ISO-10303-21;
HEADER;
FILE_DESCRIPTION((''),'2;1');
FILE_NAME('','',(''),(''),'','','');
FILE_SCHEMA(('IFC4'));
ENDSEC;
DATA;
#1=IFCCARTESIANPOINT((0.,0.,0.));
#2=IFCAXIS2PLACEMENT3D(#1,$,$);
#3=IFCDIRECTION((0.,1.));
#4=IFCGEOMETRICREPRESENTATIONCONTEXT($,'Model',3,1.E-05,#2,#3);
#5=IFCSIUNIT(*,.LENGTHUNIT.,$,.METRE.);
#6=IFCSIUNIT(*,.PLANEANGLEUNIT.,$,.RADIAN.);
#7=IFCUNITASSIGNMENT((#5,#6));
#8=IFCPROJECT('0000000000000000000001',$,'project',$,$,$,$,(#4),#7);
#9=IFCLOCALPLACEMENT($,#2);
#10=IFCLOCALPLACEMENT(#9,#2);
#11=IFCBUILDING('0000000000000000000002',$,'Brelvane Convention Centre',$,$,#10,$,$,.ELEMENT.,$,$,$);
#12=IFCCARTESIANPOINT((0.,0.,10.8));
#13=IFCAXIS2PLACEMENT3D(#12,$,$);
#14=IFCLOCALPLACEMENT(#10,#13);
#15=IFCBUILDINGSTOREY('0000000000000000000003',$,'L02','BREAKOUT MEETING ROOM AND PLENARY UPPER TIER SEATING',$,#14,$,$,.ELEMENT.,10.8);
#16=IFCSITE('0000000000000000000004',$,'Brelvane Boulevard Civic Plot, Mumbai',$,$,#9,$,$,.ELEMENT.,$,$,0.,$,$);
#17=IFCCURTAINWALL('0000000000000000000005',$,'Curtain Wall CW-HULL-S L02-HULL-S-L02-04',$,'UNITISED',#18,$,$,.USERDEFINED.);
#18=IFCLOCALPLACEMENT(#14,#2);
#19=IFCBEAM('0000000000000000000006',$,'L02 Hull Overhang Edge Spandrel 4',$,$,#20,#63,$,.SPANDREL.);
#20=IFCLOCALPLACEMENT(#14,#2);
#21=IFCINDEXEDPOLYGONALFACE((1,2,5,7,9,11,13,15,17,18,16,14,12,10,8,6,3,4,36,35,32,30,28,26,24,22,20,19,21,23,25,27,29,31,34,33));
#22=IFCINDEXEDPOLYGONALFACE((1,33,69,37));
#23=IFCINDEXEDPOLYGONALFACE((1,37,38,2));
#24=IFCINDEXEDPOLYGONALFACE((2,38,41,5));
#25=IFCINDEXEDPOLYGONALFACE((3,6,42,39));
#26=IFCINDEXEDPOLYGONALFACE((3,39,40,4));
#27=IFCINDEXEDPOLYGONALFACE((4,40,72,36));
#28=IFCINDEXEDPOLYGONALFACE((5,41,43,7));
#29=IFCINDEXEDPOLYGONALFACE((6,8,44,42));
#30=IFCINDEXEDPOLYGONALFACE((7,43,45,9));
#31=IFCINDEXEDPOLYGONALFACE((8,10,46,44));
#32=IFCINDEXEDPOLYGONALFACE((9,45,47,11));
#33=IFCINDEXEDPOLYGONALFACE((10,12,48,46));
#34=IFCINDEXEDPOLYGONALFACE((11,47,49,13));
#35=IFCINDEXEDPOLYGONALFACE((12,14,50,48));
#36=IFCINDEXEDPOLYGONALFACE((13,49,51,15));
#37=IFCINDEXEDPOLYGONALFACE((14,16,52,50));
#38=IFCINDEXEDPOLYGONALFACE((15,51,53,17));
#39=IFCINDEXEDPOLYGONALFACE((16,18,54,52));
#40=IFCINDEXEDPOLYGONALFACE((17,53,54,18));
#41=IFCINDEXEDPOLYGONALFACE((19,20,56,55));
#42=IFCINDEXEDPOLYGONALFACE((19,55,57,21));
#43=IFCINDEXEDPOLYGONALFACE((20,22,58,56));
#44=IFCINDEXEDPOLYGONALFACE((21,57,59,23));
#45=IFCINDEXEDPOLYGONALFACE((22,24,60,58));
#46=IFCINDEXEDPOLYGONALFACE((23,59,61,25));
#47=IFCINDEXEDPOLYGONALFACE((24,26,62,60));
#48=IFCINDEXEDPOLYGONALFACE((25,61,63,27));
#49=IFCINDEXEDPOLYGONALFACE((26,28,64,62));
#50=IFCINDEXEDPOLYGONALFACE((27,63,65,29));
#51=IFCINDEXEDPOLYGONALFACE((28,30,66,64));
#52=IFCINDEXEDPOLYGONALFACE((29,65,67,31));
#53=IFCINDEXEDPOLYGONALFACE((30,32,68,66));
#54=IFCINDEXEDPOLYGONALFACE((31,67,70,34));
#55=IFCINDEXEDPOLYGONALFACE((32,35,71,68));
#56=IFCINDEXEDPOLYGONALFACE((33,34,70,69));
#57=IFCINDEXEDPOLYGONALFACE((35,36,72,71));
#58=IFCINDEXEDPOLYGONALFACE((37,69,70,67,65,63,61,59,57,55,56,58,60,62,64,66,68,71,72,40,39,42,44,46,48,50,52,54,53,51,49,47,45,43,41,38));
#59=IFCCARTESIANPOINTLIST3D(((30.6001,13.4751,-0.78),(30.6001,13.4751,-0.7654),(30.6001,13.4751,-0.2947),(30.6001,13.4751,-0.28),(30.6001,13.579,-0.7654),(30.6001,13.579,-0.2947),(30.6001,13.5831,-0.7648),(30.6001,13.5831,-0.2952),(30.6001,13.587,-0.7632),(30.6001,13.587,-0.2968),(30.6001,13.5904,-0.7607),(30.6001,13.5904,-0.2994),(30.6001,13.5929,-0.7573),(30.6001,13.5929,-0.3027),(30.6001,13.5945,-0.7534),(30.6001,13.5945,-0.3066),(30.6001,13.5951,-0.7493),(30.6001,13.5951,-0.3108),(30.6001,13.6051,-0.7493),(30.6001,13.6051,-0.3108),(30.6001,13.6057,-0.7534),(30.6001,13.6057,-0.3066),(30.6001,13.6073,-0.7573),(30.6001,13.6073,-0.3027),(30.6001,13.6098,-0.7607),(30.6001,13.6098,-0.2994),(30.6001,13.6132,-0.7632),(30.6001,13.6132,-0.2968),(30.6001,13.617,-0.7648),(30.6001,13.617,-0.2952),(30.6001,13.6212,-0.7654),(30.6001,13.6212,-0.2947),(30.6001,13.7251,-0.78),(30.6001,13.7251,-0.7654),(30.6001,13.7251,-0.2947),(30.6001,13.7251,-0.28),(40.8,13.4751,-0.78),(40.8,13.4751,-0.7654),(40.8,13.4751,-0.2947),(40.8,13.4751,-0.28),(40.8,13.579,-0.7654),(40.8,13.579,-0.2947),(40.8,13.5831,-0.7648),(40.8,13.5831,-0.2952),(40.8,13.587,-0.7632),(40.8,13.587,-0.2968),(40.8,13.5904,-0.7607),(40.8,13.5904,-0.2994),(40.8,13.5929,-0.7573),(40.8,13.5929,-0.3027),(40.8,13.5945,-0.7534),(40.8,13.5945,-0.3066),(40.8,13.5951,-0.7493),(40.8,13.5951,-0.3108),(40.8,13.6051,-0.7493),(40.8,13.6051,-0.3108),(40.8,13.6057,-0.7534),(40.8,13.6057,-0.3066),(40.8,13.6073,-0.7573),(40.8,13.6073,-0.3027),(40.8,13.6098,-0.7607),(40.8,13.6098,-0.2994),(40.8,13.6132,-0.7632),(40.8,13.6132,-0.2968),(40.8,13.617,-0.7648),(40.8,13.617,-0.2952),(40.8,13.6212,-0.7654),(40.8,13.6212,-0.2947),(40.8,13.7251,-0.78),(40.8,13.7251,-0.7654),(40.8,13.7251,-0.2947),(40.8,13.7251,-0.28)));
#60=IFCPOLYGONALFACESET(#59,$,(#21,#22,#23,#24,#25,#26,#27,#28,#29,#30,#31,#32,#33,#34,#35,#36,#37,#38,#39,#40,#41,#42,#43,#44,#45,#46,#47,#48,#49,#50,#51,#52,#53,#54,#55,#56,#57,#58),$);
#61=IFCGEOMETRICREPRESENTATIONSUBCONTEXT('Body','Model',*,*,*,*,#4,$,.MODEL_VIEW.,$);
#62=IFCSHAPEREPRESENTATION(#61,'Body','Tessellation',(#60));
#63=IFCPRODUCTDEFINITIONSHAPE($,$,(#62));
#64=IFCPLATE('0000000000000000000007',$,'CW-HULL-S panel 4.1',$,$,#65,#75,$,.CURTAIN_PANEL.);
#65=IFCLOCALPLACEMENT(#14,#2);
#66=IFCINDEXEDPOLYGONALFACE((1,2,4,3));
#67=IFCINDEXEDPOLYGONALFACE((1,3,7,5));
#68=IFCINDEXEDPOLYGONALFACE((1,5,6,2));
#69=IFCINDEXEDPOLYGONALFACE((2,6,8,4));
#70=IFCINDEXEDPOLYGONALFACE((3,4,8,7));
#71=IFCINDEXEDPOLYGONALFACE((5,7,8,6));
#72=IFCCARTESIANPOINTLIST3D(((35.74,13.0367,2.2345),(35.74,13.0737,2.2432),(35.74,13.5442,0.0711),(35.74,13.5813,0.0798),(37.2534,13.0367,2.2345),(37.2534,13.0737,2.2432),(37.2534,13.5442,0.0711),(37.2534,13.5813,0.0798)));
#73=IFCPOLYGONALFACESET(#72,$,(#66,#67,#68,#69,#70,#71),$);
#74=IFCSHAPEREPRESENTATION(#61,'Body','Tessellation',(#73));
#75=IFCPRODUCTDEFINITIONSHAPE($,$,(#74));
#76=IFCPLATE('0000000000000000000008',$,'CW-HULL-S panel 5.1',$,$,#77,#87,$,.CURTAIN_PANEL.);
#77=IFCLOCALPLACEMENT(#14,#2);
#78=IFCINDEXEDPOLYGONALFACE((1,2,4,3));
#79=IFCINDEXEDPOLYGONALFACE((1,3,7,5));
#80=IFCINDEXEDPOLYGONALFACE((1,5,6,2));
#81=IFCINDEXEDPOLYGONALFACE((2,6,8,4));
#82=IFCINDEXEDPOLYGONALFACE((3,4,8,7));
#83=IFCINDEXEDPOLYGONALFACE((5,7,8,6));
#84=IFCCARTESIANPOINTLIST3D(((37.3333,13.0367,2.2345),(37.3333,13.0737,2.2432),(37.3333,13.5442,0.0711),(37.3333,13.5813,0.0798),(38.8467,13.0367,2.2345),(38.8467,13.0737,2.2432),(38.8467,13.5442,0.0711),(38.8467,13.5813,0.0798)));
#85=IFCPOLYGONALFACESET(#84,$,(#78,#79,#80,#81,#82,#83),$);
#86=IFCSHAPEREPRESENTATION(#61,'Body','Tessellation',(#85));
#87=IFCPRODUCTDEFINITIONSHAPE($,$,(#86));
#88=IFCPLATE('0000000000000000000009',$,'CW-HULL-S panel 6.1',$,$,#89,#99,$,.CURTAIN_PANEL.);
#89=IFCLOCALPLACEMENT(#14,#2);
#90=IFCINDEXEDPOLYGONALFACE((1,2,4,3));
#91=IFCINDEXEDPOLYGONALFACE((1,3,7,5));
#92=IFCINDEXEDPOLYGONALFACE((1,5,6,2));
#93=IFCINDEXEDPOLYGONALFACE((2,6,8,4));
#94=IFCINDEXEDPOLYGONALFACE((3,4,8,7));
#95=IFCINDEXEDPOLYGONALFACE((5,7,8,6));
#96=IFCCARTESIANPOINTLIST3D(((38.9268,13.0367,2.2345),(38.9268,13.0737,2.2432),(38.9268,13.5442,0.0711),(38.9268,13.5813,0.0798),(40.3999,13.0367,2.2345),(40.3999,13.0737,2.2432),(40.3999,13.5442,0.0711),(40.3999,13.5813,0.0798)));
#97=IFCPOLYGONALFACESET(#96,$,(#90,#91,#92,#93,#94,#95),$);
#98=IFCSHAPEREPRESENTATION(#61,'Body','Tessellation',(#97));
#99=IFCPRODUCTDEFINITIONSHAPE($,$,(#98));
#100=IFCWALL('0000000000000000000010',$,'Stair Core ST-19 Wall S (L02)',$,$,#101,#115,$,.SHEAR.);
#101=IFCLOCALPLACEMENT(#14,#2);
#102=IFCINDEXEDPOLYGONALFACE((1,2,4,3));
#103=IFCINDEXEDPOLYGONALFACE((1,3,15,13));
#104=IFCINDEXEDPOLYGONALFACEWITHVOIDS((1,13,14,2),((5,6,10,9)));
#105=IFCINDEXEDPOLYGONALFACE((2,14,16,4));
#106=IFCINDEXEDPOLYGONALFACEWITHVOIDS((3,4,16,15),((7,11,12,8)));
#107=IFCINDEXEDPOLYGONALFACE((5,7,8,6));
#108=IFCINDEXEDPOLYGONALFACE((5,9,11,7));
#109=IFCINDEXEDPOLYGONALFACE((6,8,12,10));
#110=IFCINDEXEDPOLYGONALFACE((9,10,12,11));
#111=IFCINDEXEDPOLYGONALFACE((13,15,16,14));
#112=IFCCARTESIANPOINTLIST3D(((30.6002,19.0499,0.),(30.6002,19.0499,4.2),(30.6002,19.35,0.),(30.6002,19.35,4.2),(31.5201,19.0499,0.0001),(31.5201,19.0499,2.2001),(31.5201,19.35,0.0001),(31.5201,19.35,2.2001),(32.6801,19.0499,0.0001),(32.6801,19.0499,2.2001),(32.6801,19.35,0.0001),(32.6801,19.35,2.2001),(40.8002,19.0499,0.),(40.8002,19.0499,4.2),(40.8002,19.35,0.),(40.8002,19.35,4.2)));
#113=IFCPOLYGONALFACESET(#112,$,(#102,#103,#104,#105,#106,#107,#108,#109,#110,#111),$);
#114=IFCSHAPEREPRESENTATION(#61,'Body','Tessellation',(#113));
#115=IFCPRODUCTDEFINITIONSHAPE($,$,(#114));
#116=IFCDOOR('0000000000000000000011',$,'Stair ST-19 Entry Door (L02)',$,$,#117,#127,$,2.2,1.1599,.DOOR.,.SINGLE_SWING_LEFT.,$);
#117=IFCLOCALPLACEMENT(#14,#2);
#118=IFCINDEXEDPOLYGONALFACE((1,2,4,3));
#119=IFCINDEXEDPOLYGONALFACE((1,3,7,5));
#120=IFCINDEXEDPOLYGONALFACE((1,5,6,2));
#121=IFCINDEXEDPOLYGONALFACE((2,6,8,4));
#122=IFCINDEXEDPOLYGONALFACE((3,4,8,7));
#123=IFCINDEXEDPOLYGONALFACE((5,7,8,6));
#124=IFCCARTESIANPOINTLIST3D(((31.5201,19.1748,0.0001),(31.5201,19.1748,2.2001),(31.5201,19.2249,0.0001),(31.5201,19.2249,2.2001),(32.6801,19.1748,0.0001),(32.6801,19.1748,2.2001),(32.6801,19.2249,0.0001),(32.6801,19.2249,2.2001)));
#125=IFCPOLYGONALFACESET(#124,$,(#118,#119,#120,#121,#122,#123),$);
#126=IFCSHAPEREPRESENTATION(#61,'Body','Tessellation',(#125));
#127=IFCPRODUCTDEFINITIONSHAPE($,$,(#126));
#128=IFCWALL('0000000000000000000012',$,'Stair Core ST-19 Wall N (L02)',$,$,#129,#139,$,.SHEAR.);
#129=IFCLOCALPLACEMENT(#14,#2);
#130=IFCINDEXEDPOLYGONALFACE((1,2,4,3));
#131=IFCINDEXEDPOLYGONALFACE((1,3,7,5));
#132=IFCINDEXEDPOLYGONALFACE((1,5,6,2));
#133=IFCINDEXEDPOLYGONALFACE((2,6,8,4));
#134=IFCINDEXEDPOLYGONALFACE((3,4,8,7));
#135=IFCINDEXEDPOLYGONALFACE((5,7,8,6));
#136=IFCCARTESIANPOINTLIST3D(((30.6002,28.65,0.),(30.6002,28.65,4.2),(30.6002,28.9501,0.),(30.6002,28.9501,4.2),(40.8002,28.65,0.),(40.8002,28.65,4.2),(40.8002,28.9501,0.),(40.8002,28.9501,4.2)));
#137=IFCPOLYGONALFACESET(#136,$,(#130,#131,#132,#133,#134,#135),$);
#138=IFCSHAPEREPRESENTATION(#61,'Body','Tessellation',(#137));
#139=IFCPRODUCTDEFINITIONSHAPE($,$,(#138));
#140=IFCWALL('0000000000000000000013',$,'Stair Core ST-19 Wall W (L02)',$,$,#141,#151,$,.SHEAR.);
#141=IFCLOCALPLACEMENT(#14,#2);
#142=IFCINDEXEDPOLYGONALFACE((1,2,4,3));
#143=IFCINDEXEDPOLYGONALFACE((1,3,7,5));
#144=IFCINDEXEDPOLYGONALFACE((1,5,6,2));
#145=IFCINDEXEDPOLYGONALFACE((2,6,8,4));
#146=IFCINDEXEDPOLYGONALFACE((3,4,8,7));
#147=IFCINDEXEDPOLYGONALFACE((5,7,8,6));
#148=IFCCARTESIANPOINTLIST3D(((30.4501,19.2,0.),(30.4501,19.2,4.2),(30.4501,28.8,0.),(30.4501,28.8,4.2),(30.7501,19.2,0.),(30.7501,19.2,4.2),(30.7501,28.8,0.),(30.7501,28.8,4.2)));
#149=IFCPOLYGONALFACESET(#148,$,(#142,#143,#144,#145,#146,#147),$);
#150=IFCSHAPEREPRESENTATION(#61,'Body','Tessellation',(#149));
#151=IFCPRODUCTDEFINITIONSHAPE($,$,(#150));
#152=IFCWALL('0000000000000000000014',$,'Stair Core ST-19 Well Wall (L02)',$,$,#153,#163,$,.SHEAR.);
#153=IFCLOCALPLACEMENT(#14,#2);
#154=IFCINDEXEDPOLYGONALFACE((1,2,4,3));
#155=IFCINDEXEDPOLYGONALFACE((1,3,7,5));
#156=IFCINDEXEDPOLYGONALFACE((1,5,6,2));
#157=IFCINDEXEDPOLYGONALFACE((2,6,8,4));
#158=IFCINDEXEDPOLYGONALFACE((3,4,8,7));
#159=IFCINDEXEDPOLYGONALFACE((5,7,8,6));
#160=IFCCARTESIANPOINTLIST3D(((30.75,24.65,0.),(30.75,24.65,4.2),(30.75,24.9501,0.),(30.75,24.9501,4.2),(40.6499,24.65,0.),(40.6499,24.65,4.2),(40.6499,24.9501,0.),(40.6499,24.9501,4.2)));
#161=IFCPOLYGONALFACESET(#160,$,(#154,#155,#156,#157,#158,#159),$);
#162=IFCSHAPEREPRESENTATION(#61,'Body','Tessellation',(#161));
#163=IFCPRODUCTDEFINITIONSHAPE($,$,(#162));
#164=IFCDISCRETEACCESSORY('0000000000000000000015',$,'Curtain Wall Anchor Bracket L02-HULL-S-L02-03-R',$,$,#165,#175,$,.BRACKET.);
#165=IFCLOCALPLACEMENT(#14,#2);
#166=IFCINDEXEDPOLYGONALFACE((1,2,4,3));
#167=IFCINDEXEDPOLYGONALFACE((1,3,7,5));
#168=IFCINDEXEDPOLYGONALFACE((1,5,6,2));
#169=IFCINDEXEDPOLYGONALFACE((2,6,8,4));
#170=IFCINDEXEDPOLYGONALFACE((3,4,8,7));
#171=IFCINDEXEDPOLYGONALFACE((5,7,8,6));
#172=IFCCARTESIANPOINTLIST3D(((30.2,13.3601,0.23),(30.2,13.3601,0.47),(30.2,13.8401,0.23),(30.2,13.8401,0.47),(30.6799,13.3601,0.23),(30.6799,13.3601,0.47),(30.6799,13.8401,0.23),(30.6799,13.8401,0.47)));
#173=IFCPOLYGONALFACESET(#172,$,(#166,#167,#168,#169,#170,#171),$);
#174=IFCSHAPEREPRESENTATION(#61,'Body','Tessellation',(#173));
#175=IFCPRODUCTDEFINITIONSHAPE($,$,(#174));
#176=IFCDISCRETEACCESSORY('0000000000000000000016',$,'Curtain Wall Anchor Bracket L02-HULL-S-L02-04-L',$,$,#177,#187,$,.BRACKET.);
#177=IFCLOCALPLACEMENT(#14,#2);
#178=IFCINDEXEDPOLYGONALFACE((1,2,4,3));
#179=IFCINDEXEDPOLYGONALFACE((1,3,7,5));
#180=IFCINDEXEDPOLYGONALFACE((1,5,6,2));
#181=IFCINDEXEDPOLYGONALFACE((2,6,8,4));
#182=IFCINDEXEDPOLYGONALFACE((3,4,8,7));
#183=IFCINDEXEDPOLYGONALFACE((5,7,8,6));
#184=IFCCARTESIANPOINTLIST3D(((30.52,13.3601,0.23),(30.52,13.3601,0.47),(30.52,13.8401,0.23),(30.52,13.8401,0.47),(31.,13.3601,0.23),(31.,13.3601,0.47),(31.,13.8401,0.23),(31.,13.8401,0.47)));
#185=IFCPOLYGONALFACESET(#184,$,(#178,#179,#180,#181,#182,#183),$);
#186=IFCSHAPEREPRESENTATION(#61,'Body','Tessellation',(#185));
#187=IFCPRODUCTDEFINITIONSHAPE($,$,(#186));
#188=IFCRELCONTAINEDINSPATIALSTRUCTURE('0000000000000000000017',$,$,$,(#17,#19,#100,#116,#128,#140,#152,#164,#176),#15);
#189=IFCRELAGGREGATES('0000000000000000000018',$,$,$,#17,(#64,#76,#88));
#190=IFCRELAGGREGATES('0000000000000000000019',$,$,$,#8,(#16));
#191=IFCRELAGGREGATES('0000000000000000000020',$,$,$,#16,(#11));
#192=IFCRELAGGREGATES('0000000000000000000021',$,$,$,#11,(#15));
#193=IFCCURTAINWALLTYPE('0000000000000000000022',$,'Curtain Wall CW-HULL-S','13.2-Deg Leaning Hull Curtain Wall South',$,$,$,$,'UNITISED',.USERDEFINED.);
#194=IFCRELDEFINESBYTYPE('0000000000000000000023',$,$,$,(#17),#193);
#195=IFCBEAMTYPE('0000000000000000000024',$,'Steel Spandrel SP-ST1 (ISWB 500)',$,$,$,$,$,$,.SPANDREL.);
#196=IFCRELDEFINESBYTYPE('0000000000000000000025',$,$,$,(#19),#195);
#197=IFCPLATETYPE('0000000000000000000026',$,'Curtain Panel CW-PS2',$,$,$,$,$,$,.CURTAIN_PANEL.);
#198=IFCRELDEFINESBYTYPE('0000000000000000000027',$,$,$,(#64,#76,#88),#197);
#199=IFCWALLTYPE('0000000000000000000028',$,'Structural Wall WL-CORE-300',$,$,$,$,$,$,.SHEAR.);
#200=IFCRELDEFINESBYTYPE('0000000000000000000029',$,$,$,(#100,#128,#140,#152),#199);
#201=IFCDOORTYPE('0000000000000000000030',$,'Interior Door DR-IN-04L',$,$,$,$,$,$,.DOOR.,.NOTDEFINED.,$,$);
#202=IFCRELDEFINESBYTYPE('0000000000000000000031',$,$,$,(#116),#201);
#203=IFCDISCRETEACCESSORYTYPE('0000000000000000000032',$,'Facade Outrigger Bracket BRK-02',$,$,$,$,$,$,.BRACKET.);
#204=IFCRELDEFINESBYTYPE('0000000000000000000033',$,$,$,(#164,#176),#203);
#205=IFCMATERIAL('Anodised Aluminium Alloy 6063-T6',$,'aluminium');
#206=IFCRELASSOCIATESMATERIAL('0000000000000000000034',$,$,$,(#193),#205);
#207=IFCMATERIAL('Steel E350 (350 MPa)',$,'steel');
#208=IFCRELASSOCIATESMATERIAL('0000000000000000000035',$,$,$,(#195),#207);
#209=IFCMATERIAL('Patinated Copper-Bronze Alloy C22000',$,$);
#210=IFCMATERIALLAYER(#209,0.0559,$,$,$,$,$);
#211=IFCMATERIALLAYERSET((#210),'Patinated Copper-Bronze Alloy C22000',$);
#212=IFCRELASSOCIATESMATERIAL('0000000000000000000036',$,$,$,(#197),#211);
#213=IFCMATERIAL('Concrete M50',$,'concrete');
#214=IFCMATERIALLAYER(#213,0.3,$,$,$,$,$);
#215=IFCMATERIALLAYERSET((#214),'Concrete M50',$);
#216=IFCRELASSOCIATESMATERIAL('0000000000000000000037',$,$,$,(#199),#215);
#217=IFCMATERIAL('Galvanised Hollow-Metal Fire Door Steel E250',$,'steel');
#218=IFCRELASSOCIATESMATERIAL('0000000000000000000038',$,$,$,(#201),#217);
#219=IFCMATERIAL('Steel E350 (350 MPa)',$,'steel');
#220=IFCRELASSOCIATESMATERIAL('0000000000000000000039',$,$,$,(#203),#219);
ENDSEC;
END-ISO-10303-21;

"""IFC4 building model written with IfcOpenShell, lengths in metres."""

from ifc_helpers import new_model, si_unit, direction, frame, frame_2d, origin, origin_2d, place, context, subcontext, project, spatial, polyline, rectangle, i_section, outline, extrude, material, layer, layer_set, material_profile, profile_set, type_object, element, fill, aggregate, save


model = new_model("IFC4")

# Units and contexts
model_context = context("Model", 3, precision=1e-05, world=origin(), true_north=direction((0.0, 1.0)))
body_context = subcontext(model_context, "Body", "Model", "MODEL_VIEW")
ifc_project = project(units=[si_unit("LENGTHUNIT", "METRE"), si_unit("PLANEANGLEUNIT", "RADIAN")], contexts=[model_context])

# Site, building, storey
site_placement = place(None, origin())
site = spatial("IfcSite", under=ifc_project, at=site_placement, Name="Brelvane Boulevard Civic Plot, Mumbai", CompositionType="ELEMENT", RefElevation=0.0)
building_placement = place(site_placement, origin())
building = spatial("IfcBuilding", under=site, at=building_placement, Name="Brelvane Convention Centre", CompositionType="ELEMENT")
storey_placement = place(building_placement, frame((0.0, 0.0, 10.8)))
storey = spatial("IfcBuildingStorey", under=building, at=storey_placement, Name="L02", Description="BREAKOUT MEETING ROOM AND PLENARY UPPER TIER SEATING", CompositionType="ELEMENT", Elevation=10.8)

# Shared definitions
ifc_material_1 = material(Name="Anodised Aluminium Alloy 6063-T6", Category="aluminium")
curtain_wall_type = type_object("IfcCurtainWallType", Name="Curtain Wall CW-HULL-S", Description="13.2-Deg Leaning Hull Curtain Wall South", ElementType="UNITISED", PredefinedType="USERDEFINED", material=ifc_material_1)

# Curtain wall
curtain_wall_1_placement = place(storey_placement, origin())
curtain_wall_1 = element("IfcCurtainWall", 1, at=curtain_wall_1_placement, inside=storey, type_object=curtain_wall_type, Name="Curtain Wall CW-HULL-S L02-HULL-S-L02-04", ObjectType="UNITISED", PredefinedType="USERDEFINED")

# Beam
ifc_material_2 = material(Name="Steel E350 (350 MPa)", Category="steel")
ifc_material_profile_1 = material_profile(ifc_material_2, i_section(OverallWidth=0.25, OverallDepth=0.5, WebThickness=0.01, FlangeThickness=0.0146, FilletRadius=0.0161, at=origin_2d()), Name="ISWB 500")
ifc_profile_set_1 = profile_set([ifc_material_profile_1], Name="Steel E350 (350 MPa)")
beam_type_1 = type_object("IfcBeamType", Name="Steel Spandrel SP-ST1 (ISWB 500)", PredefinedType="SPANDREL", material=ifc_profile_set_1)
beam_1_placement = place(storey_placement, frame((30.6001, 13.6001, -0.53), z_axis=(1.0, 0.0, 0.0), x_axis=(0.0, 1.0, 0.0)))
element("IfcBeam", 2, at=beam_1_placement, inside=storey, type_object=beam_type_1, Name="L02 Hull Overhang Edge Spandrel 4", PredefinedType="SPANDREL", context=body_context, shape_type="SweptSolid", body=[
    extrude(i_section(OverallWidth=0.25, OverallDepth=0.5, WebThickness=0.01, FlangeThickness=0.0146, FilletRadius=0.0161, at=origin_2d()), origin(), (0.0, 0.0, 1.0), 10.2),
])

# Plates
ifc_material_3 = material(Name="Patinated Copper-Bronze Alloy C22000")
ifc_layer_1 = layer(ifc_material_3, 0.0559)
ifc_layer_set_1 = layer_set([ifc_layer_1], Name="Patinated Copper-Bronze Alloy C22000")
plate_type = type_object("IfcPlateType", Name="Curtain Panel CW-PS2", PredefinedType="CURTAIN_PANEL", material=ifc_layer_set_1)
plate_1_placement = place(storey_placement, frame((35.74, 13.5813, 0.0798), z_axis=(0.0, 0.973563, 0.228421), x_axis=(1.0, 0.0, 0.0)))
plate_1 = element("IfcPlate", 3, at=plate_1_placement, type_object=plate_type, Name="CW-HULL-S panel 4.1", PredefinedType="CURTAIN_PANEL", context=body_context, shape_type="SweptSolid", body=[
    extrude(outline(polyline([(0.0, 0.0), (1.5134, 0.0), (1.5134, -2.2221), (0.0, -2.2221), (0.0, 0.0)])), origin(), (0.0, 0.0, -1.0), 0.0381),
])
plate_2_placement = place(storey_placement, frame((37.3333, 13.5813, 0.0798), z_axis=(0.0, 0.973563, 0.228421), x_axis=(1.0, 0.0, 0.0)))
plate_2 = element("IfcPlate", 4, at=plate_2_placement, type_object=plate_type, Name="CW-HULL-S panel 5.1", PredefinedType="CURTAIN_PANEL", context=body_context, shape_type="SweptSolid", body=[
    extrude(outline(polyline([(0.0, 0.0), (1.5134, 0.0), (1.5134, -2.2221), (0.0, -2.2221), (0.0, 0.0)])), origin(), (0.0, 0.0, -1.0), 0.0381),
])
plate_3_placement = place(storey_placement, frame((38.9268, 13.5813, 0.0798), z_axis=(0.0, 0.973563, 0.228421), x_axis=(1.0, 0.0, 0.0)))
plate_3 = element("IfcPlate", 5, at=plate_3_placement, type_object=plate_type, Name="CW-HULL-S panel 6.1", PredefinedType="CURTAIN_PANEL", context=body_context, shape_type="SweptSolid", body=[
    extrude(outline(polyline([(0.0, 0.0), (1.4731, 0.0), (1.4731, -2.2221), (0.0, -2.2221), (0.0, 0.0)])), origin(), (0.0, 0.0, -1.0), 0.0381),
])
aggregate(curtain_wall_1, [plate_1, plate_2, plate_3])

# Wall, opening, door
ifc_material_4 = material(Name="Concrete M50", Category="concrete")
ifc_layer_2 = layer(ifc_material_4, 0.3)
ifc_layer_set_2 = layer_set([ifc_layer_2], Name="Concrete M50")
wall_type = type_object("IfcWallType", Name="Structural Wall WL-CORE-300", PredefinedType="SHEAR", material=ifc_layer_set_2)
wall_1_placement = place(storey_placement, frame((30.6001, 19.2, 0.0), z_axis=(0.0, 0.0, 1.0), x_axis=(1.0, 0.0, 0.0)))
wall_1 = element("IfcWall", 6, at=wall_1_placement, inside=storey, type_object=wall_type, Name="Stair Core ST-19 Wall S (L02)", PredefinedType="SHEAR", context=body_context, shape_type="SweptSolid", body=[
    extrude(rectangle(XDim=10.2, YDim=0.3, at=frame_2d((5.1001, 0.0))), origin(), (0.0, 0.0, 1.0), 4.2),
])
opening_placement = place(wall_1_placement, frame((0.9199, 0.0, 0.0)))
opening = element("IfcOpeningElement", 7, at=opening_placement, cuts=wall_1, PredefinedType="OPENING", context=body_context, shape_type="SweptSolid", body=[
    extrude(rectangle(XDim=1.1599, YDim=2.2, at=frame_2d((0.5801, 1.1001))), frame((0.0, 0.1599, 0.0), z_axis=(0.0, -1.0, 0.0), x_axis=(1.0, 0.0, 0.0)), (0.0, 0.0, 1.0), 0.3201),
])
ifc_material_5 = material(Name="Galvanised Hollow-Metal Fire Door Steel E250", Category="steel")
door_type = type_object("IfcDoorType", Name="Interior Door DR-IN-04L", OperationType="NOTDEFINED", PredefinedType="DOOR", material=ifc_material_5)
door_placement = place(opening_placement, origin())
door = element("IfcDoor", 8, at=door_placement, inside=storey, type_object=door_type, Name="Stair ST-19 Entry Door (L02)", OperationType="SINGLE_SWING_LEFT", OverallHeight=2.2, OverallWidth=1.1599, PredefinedType="DOOR", context=body_context, shape_type="SweptSolid", body=[
    extrude(rectangle(XDim=1.1599, YDim=2.2, at=frame_2d((0.5801, 1.1001))), frame((0.0, 0.0249, 0.0), z_axis=(0.0, -1.0, 0.0), x_axis=(1.0, 0.0, 0.0)), (0.0, 0.0, 1.0), 0.05),
])
fill(opening, door)

# Walls
wall_2_placement = place(storey_placement, frame((30.6001, 28.8, 0.0), z_axis=(0.0, 0.0, 1.0), x_axis=(1.0, 0.0, 0.0)))
element("IfcWall", 9, at=wall_2_placement, inside=storey, type_object=wall_type, Name="Stair Core ST-19 Wall N (L02)", PredefinedType="SHEAR", context=body_context, shape_type="SweptSolid", body=[
    extrude(rectangle(XDim=10.2, YDim=0.3, at=frame_2d((5.1001, 0.0))), origin(), (0.0, 0.0, 1.0), 4.2),
])
wall_3_placement = place(storey_placement, frame((30.6001, 19.2, 0.0), z_axis=(0.0, 0.0, 1.0), x_axis=(0.0, 1.0, 0.0)))
element("IfcWall", 10, at=wall_3_placement, inside=storey, type_object=wall_type, Name="Stair Core ST-19 Wall W (L02)", PredefinedType="SHEAR", context=body_context, shape_type="SweptSolid", body=[
    extrude(rectangle(XDim=9.6001, YDim=0.3, at=frame_2d((4.8, 0.0))), origin(), (0.0, 0.0, 1.0), 4.2),
])
wall_4_placement = place(storey_placement, frame((30.75, 24.8, 0.0), z_axis=(0.0, 0.0, 1.0), x_axis=(1.0, 0.0, 0.0)))
element("IfcWall", 11, at=wall_4_placement, inside=storey, type_object=wall_type, Name="Stair Core ST-19 Well Wall (L02)", PredefinedType="SHEAR", context=body_context, shape_type="SweptSolid", body=[
    extrude(rectangle(XDim=9.8999, YDim=0.3, at=frame_2d((4.95, 0.0))), origin(), (0.0, 0.0, 1.0), 4.2),
])

# Discrete accessories
ifc_material_6 = material(Name="Steel E350 (350 MPa)", Category="steel")
discrete_accessory_type = type_object("IfcDiscreteAccessoryType", Name="Facade Outrigger Bracket BRK-02", PredefinedType="BRACKET", material=ifc_material_6)
for number, where, z_axis, x_axis, name in (
    (12, (30.4399, 13.6001, 0.23), (0.0, 0.0, 1.0), (1.0, 0.0, 0.0), "Curtain Wall Anchor Bracket L02-HULL-S-L02-03-R"),
    (13, (30.76, 13.6001, 0.23), (0.0, 0.0, 1.0), (1.0, 0.0, 0.0), "Curtain Wall Anchor Bracket L02-HULL-S-L02-04-L"),
):
    element("IfcDiscreteAccessory", number, at=place(storey_placement, frame(where, z_axis=z_axis, x_axis=x_axis)), inside=storey, type_object=discrete_accessory_type, Name=name, PredefinedType="BRACKET", context=body_context, shape_type="SweptSolid", body=[
        extrude(rectangle(XDim=0.48, YDim=0.48, at=origin_2d()), origin(), (0.0, 0.0, 1.0), 0.24),
    ])

save(model, "model.ifc")
